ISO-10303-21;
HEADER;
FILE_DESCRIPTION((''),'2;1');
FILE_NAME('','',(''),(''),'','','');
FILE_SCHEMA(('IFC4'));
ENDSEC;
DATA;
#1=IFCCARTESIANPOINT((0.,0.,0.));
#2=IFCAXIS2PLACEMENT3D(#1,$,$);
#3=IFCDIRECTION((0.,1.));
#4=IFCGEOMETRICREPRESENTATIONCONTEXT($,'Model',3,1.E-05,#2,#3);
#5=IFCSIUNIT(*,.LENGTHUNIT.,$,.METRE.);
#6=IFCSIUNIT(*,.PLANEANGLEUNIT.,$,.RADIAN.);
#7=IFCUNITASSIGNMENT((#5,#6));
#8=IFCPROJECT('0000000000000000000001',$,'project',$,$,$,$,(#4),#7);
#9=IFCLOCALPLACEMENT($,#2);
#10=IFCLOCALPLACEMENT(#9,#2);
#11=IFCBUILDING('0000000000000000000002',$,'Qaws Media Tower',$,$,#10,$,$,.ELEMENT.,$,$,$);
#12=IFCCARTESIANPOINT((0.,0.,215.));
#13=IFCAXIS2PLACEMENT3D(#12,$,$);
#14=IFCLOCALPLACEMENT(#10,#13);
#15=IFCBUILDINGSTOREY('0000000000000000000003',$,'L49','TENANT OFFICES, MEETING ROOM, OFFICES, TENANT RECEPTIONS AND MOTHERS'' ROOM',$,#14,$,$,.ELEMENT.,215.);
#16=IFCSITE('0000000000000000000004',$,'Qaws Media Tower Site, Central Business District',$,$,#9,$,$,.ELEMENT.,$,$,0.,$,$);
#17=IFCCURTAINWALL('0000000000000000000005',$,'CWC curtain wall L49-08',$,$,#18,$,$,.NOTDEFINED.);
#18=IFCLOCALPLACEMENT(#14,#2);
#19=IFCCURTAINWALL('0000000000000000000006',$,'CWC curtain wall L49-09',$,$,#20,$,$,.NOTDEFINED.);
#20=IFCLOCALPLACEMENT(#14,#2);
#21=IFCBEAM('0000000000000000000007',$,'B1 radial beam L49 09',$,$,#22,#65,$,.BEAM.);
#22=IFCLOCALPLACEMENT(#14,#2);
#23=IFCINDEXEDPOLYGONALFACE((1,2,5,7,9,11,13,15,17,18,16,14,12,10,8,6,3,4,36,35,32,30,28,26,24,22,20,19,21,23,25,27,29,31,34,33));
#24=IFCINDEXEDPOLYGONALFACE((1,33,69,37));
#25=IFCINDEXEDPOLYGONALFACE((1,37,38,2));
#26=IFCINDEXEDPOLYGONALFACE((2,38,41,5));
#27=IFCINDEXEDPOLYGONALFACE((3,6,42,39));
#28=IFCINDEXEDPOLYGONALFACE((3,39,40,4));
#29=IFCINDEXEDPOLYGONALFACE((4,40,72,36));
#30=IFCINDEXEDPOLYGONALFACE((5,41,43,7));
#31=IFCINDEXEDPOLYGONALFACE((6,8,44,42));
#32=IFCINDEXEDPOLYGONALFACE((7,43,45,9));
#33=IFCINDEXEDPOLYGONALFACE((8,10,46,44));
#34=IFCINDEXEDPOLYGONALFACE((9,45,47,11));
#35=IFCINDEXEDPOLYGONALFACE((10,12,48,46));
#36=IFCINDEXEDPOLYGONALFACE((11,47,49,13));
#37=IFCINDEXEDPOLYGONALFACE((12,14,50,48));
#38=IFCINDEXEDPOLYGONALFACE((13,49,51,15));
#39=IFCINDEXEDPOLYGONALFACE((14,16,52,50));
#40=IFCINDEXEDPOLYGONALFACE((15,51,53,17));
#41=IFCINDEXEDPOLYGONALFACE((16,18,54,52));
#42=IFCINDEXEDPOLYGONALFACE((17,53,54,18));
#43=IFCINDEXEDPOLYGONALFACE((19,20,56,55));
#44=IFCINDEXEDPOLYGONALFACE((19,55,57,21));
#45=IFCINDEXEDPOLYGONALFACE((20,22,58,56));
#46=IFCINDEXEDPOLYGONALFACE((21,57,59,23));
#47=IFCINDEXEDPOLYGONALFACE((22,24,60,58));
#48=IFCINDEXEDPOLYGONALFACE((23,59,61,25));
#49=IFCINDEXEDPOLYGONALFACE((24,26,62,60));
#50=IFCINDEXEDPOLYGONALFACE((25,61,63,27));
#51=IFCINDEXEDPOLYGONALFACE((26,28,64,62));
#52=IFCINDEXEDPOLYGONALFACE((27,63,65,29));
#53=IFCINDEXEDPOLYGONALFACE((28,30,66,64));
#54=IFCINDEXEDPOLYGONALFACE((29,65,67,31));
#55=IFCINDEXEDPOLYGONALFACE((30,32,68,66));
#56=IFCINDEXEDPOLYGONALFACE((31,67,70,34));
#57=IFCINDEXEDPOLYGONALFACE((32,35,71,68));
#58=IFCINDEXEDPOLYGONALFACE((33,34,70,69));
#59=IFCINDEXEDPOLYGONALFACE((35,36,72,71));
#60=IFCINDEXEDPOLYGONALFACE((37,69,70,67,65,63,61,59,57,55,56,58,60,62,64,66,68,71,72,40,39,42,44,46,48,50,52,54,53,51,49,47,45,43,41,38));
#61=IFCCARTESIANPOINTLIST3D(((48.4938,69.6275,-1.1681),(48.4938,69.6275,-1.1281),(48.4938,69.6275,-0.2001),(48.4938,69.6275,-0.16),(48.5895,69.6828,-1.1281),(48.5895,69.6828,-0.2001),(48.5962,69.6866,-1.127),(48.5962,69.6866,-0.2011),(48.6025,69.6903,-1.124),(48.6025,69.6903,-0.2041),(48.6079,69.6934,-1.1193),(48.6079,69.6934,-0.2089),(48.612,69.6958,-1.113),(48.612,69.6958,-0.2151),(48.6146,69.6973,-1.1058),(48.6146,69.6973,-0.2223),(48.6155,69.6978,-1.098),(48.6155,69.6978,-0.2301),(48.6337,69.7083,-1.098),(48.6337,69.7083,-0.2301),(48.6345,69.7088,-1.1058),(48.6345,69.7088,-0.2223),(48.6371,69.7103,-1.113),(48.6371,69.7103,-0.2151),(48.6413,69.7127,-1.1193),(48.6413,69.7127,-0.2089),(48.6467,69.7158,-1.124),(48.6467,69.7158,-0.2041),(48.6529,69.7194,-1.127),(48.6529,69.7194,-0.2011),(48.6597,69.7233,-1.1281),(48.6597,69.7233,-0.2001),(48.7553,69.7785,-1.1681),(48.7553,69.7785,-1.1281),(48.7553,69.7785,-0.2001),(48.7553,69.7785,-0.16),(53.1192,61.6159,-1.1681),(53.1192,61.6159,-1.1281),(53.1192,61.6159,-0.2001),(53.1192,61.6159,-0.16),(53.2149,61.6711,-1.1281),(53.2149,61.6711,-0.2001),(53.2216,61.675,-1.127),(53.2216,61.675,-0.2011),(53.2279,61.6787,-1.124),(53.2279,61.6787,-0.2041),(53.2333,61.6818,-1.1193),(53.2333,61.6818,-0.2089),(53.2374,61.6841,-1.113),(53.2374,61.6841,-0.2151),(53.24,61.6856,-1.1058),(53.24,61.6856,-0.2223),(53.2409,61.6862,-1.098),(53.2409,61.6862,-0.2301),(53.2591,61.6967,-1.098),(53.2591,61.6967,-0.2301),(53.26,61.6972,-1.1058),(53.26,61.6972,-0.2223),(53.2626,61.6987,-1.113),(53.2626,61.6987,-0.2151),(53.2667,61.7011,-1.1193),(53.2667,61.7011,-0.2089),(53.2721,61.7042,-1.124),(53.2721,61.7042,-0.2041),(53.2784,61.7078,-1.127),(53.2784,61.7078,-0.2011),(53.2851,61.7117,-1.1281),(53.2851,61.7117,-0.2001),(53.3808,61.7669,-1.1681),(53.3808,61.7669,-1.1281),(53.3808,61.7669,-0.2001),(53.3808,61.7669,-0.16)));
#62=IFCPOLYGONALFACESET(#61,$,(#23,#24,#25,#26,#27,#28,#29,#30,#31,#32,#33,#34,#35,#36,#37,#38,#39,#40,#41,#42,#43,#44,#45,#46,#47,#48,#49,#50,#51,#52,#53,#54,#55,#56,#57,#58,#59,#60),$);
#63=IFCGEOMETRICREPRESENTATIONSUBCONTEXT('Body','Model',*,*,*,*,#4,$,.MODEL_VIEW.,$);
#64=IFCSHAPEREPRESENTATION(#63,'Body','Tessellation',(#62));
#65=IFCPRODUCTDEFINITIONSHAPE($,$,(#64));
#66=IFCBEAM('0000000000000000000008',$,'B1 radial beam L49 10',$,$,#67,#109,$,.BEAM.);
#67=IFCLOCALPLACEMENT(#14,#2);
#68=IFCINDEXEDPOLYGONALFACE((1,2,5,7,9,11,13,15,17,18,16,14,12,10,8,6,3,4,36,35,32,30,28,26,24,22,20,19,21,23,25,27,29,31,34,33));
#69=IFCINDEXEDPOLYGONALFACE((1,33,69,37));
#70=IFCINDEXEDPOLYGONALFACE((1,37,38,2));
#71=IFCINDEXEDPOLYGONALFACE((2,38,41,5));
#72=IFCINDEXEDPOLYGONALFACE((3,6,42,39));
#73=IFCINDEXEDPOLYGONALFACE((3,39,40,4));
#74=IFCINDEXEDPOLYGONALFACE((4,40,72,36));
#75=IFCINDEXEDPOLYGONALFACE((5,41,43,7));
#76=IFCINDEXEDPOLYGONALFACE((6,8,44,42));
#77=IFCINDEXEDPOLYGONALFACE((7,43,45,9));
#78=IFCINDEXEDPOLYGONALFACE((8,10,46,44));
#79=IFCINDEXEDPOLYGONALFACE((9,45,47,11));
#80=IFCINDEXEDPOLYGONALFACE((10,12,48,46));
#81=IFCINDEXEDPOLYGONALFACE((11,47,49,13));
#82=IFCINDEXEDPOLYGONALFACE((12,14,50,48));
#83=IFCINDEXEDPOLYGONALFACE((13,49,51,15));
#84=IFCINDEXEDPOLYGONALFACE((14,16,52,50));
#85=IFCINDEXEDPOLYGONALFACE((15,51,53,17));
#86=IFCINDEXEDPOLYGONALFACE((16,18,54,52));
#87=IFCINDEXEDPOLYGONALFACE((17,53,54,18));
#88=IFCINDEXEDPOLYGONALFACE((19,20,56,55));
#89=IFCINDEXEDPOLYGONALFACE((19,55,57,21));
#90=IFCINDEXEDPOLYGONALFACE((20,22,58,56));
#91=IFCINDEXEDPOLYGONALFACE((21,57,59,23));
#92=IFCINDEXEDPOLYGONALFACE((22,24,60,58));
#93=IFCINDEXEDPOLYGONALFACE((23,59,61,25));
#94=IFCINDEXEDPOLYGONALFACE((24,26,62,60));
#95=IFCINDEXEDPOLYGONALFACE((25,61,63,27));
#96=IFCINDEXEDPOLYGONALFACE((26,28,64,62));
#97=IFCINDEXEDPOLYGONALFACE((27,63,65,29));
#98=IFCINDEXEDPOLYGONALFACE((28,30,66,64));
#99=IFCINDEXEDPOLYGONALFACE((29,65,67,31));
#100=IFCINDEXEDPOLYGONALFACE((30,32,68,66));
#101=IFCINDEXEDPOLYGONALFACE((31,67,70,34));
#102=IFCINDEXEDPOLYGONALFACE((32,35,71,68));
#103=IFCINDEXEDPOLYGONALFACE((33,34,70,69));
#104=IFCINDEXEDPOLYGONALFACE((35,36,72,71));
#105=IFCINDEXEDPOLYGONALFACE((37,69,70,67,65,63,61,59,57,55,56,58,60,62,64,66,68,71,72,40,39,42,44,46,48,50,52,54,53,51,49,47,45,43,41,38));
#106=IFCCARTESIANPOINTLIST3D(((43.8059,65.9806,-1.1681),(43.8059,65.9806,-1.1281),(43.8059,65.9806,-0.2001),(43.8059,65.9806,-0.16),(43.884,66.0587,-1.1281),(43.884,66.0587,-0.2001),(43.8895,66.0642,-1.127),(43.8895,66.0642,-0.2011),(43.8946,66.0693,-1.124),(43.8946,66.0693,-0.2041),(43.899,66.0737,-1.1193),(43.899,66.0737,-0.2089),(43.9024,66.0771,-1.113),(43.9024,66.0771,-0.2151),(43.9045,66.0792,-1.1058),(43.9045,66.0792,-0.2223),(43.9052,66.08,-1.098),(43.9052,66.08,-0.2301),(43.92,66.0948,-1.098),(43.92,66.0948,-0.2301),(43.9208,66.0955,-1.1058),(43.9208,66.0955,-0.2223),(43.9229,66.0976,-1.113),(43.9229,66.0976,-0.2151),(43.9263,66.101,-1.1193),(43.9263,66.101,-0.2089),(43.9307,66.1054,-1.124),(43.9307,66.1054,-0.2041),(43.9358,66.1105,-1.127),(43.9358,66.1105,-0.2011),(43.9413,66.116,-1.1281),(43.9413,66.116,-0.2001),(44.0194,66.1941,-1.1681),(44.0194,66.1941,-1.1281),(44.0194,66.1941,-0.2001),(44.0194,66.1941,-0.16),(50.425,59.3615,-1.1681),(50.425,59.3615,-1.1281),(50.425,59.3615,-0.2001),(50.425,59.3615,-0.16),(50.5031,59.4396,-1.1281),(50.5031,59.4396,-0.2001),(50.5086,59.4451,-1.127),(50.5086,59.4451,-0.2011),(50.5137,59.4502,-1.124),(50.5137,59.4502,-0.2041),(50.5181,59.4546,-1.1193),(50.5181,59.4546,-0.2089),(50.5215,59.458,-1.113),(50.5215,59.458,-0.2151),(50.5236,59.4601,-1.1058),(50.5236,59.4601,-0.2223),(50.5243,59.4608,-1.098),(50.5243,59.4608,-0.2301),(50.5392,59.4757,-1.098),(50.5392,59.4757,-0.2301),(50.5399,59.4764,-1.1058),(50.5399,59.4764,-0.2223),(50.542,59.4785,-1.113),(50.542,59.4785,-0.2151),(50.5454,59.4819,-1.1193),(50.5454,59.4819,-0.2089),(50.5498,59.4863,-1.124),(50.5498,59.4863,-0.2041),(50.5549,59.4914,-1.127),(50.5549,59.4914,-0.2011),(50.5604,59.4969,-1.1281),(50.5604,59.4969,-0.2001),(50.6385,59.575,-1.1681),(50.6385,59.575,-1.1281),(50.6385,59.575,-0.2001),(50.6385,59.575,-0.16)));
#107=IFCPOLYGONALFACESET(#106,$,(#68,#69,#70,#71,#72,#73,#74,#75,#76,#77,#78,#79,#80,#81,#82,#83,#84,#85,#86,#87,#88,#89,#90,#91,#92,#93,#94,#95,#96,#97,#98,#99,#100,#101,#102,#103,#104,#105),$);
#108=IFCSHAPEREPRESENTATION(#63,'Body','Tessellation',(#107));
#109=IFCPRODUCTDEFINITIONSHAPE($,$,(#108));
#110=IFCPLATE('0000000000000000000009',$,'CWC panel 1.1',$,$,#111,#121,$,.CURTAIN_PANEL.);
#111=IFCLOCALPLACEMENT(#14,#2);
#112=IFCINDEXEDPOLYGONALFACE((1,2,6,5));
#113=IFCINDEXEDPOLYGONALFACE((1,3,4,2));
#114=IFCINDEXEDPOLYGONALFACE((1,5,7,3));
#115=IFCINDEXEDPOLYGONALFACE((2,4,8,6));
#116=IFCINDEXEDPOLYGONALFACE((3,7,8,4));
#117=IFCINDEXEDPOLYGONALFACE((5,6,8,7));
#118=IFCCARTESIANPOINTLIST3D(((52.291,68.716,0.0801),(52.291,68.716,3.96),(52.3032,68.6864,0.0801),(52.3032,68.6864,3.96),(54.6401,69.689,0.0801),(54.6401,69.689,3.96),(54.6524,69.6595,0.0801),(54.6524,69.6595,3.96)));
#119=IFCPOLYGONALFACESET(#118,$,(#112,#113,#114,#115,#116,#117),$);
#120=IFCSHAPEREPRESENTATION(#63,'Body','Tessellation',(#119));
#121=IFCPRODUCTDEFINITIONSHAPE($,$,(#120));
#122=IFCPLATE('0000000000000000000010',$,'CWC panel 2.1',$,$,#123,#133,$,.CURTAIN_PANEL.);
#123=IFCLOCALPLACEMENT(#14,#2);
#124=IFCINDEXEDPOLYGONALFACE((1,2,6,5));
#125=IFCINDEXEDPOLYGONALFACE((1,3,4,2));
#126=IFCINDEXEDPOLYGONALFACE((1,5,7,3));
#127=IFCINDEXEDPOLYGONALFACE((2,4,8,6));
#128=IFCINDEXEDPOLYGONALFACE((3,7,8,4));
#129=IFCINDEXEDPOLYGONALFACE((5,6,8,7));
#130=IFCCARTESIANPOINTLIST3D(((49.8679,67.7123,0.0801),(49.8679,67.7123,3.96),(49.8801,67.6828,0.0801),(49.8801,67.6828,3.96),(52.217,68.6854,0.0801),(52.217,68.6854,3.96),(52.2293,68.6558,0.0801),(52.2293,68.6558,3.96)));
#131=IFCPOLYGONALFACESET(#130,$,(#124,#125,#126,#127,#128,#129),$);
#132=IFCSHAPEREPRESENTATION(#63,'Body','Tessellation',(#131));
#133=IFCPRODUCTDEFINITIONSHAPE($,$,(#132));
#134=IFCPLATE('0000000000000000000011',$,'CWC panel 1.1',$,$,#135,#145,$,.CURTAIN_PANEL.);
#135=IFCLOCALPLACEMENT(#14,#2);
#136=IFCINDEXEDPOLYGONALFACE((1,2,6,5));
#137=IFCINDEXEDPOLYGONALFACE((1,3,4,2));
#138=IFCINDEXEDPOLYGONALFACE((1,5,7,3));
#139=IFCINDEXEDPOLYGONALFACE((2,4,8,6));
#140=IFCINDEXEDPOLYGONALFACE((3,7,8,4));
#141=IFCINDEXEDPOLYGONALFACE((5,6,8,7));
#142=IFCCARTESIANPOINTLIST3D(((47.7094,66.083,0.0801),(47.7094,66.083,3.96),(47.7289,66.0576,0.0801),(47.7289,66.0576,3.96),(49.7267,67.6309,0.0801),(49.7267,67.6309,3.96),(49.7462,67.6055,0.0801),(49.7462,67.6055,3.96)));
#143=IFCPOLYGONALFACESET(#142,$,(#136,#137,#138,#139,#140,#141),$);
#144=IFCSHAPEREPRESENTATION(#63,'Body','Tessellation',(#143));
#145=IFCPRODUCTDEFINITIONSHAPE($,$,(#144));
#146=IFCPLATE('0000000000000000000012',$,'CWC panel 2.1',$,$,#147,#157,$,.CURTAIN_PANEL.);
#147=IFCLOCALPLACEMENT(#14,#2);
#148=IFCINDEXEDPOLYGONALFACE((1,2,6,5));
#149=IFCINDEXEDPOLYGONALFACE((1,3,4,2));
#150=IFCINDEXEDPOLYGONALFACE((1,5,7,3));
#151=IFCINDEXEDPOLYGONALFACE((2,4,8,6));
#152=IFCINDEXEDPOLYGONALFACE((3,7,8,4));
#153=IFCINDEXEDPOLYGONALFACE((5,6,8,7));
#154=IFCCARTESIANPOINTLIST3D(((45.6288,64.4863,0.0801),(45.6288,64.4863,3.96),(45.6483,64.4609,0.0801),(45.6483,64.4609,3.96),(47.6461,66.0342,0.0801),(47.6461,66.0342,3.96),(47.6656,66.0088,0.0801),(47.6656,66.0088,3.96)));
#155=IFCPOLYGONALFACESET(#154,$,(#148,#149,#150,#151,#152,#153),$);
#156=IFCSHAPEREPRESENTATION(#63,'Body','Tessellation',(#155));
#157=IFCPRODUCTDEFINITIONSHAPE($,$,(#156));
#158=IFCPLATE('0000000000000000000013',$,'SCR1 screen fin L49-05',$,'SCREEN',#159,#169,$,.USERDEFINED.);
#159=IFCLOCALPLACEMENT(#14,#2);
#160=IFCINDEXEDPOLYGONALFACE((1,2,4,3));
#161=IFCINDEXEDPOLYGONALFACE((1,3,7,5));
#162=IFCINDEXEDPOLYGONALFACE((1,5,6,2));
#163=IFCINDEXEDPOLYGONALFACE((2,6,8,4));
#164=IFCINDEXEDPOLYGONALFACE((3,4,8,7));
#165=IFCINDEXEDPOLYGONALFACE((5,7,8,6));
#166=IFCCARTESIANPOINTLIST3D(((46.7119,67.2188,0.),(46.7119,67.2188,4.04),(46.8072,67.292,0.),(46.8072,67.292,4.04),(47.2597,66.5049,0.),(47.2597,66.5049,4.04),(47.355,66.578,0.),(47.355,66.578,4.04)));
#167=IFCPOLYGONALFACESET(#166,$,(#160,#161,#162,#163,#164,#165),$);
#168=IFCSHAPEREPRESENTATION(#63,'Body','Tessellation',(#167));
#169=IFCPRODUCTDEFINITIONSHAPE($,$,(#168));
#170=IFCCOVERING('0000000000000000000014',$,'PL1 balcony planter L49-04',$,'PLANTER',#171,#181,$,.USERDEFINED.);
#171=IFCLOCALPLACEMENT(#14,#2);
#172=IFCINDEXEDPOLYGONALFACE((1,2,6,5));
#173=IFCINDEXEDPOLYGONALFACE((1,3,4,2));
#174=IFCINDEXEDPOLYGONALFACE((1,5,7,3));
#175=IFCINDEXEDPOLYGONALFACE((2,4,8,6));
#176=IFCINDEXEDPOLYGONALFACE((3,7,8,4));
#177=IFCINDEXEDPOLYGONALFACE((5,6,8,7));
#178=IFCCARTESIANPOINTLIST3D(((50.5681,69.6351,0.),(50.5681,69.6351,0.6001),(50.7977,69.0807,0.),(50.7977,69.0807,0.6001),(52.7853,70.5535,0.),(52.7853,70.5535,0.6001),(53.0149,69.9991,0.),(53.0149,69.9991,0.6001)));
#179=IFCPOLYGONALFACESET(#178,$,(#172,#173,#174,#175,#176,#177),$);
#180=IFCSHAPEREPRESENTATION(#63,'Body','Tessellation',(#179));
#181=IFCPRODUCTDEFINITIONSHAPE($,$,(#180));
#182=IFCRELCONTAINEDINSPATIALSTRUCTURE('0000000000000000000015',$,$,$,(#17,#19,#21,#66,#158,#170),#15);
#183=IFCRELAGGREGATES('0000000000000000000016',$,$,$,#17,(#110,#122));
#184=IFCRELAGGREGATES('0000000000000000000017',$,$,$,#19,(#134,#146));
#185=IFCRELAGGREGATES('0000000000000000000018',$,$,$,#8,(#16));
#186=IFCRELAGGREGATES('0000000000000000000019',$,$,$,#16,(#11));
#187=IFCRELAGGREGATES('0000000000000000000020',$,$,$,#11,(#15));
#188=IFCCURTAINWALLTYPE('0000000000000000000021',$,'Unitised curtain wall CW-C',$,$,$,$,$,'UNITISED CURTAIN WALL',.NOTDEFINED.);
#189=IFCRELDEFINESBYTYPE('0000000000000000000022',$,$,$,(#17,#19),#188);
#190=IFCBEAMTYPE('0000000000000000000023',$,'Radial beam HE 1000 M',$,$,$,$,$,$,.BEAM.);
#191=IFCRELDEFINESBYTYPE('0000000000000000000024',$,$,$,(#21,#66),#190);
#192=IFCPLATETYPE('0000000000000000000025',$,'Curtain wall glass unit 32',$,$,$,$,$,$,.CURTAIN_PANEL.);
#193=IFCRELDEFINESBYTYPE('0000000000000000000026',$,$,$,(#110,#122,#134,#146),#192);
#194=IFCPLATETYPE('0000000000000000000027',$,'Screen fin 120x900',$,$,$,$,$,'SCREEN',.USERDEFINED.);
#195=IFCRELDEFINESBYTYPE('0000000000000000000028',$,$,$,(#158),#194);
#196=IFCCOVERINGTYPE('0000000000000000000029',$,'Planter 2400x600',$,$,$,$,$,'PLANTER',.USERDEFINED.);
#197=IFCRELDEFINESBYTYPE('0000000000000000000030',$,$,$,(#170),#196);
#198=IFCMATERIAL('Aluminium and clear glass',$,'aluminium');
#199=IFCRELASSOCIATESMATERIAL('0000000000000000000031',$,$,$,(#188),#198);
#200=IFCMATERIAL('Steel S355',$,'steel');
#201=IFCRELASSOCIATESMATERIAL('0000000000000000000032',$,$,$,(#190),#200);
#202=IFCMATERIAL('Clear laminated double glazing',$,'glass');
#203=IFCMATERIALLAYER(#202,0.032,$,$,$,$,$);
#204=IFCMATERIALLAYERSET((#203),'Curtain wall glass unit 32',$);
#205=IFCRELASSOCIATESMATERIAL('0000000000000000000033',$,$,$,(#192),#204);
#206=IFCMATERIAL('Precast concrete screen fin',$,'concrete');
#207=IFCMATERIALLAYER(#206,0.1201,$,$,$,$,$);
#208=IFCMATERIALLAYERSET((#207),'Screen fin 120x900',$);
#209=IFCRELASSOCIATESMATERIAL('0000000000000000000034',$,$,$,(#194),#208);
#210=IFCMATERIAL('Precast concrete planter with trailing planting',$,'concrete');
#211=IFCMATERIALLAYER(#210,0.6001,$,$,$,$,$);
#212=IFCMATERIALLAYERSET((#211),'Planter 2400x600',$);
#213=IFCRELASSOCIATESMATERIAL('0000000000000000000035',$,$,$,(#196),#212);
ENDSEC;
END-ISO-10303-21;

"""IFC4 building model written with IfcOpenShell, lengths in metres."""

from ifc_helpers import new_model, si_unit, direction, frame, origin, origin_2d, place, context, subcontext, project, spatial, rectangle, i_section, extrude, material, layer, layer_set, material_profile, profile_set, type_object, element, aggregate, save


model = new_model("IFC4")

# Units and contexts
model_context = context("Model", 3, precision=1e-05, world=origin(), true_north=direction((0.0, 1.0)))
body_context = subcontext(model_context, "Body", "Model", "MODEL_VIEW")
ifc_project = project(units=[si_unit("LENGTHUNIT", "METRE"), si_unit("PLANEANGLEUNIT", "RADIAN")], contexts=[model_context])

# Site, building, storey
site_placement = place(None, origin())
site = spatial("IfcSite", under=ifc_project, at=site_placement, Name="Qaws Media Tower Site, Central Business District", CompositionType="ELEMENT", RefElevation=0.0)
building_placement = place(site_placement, origin())
building = spatial("IfcBuilding", under=site, at=building_placement, Name="Qaws Media Tower", CompositionType="ELEMENT")
storey_placement = place(building_placement, frame((0.0, 0.0, 215.0)))
storey = spatial("IfcBuildingStorey", under=building, at=storey_placement, Name="L49", Description="TENANT OFFICES, MEETING ROOM, OFFICES, TENANT RECEPTIONS AND MOTHERS' ROOM", CompositionType="ELEMENT", Elevation=215.0)

# Curtain walls
ifc_material_1 = material(Name="Aluminium and clear glass", Category="aluminium")
curtain_wall_type = type_object("IfcCurtainWallType", Name="Unitised curtain wall CW-C", ElementType="UNITISED CURTAIN WALL", PredefinedType="NOTDEFINED", material=ifc_material_1)
curtain_wall_1_placement = place(storey_placement, origin())
curtain_wall_1 = element("IfcCurtainWall", 1, at=curtain_wall_1_placement, inside=storey, type_object=curtain_wall_type, Name="CWC curtain wall L49-08", PredefinedType="NOTDEFINED")
curtain_wall_2_placement = place(storey_placement, origin())
curtain_wall_2 = element("IfcCurtainWall", 2, at=curtain_wall_2_placement, inside=storey, type_object=curtain_wall_type, Name="CWC curtain wall L49-09", PredefinedType="NOTDEFINED")

# Beams
ifc_material_2 = material(Name="Steel S355", Category="steel")
ifc_material_profile_1 = material_profile(ifc_material_2, i_section(OverallWidth=0.302, OverallDepth=1.0081, WebThickness=0.021, FlangeThickness=0.04, FilletRadius=0.03, at=origin_2d()), Name="HE 1000 M")
ifc_profile_set_1 = profile_set([ifc_material_profile_1], Name="Steel S355")
beam_type_1 = type_object("IfcBeamType", Name="Radial beam HE 1000 M", PredefinedType="BEAM", material=ifc_profile_set_1)
beam_1_placement = place(storey_placement, frame((53.25, 61.6914, -0.6641), z_axis=(-0.499994, 0.866029, 0.0), x_axis=(-0.866029, -0.499994, 0.0)))
element("IfcBeam", 3, at=beam_1_placement, inside=storey, type_object=beam_type_1, Name="B1 radial beam L49 09", PredefinedType="BEAM", context=body_context, shape_type="SweptSolid", body=[
    extrude(i_section(OverallWidth=0.302, OverallDepth=1.0081, WebThickness=0.021, FlangeThickness=0.04, FilletRadius=0.03, at=origin_2d()), origin(), (0.0, 0.0, 1.0), 9.251),
])
beam_2_placement = place(storey_placement, frame((50.5317, 59.4683, -0.6641), z_axis=(-0.707107, 0.707107, 0.0), x_axis=(-0.707107, -0.707107, 0.0)))
element("IfcBeam", 4, at=beam_2_placement, inside=storey, type_object=beam_type_1, Name="B1 radial beam L49 10", PredefinedType="BEAM", context=body_context, shape_type="SweptSolid", body=[
    extrude(i_section(OverallWidth=0.302, OverallDepth=1.0081, WebThickness=0.021, FlangeThickness=0.04, FilletRadius=0.03, at=origin_2d()), origin(), (0.0, 0.0, 1.0), 9.3608),
])

# Plates
ifc_material_3 = material(Name="Clear laminated double glazing", Category="glass")
ifc_layer_1 = layer(ifc_material_3, 0.032)
ifc_layer_set_1 = layer_set([ifc_layer_1], Name="Curtain wall glass unit 32")
plate_type_1 = type_object("IfcPlateType", Name="Curtain wall glass unit 32", PredefinedType="CURTAIN_PANEL", material=ifc_layer_set_1)
plate_1_placement = place(storey_placement, frame((53.4717, 69.1877, 0.0801), z_axis=(0.0, 0.0, 1.0), x_axis=(-0.923879, -0.382684, 0.0)))
plate_1 = element("IfcPlate", 5, at=plate_1_placement, type_object=plate_type_1, Name="CWC panel 1.1", PredefinedType="CURTAIN_PANEL", context=body_context, shape_type="SweptSolid", body=[
    extrude(rectangle(XDim=2.5427, YDim=0.032, at=origin_2d()), origin(), (0.0, 0.0, 1.0), 3.8799),
])
plate_2_placement = place(storey_placement, frame((51.0486, 68.1841, 0.0801), z_axis=(0.0, 0.0, 1.0), x_axis=(-0.923879, -0.382684, 0.0)))
plate_2 = element("IfcPlate", 6, at=plate_2_placement, type_object=plate_type_1, Name="CWC panel 2.1", PredefinedType="CURTAIN_PANEL", context=body_context, shape_type="SweptSolid", body=[
    extrude(rectangle(XDim=2.5427, YDim=0.032, at=origin_2d()), origin(), (0.0, 0.0, 1.0), 3.8799),
])
aggregate(curtain_wall_1, [plate_1, plate_2])
plate_3_placement = place(storey_placement, frame((48.7278, 66.8442, 0.0801), z_axis=(0.0, 0.0, 1.0), x_axis=(-0.793353, -0.608761, 0.0)))
plate_3 = element("IfcPlate", 7, at=plate_3_placement, type_object=plate_type_1, Name="CWC panel 1.1", PredefinedType="CURTAIN_PANEL", context=body_context, shape_type="SweptSolid", body=[
    extrude(rectangle(XDim=2.5427, YDim=0.032, at=origin_2d()), origin(), (0.0, 0.0, 1.0), 3.8799),
])
plate_4_placement = place(storey_placement, frame((46.6472, 65.2476, 0.0801), z_axis=(0.0, 0.0, 1.0), x_axis=(-0.793353, -0.608761, 0.0)))
plate_4 = element("IfcPlate", 8, at=plate_4_placement, type_object=plate_type_1, Name="CWC panel 2.1", PredefinedType="CURTAIN_PANEL", context=body_context, shape_type="SweptSolid", body=[
    extrude(rectangle(XDim=2.5427, YDim=0.032, at=origin_2d()), origin(), (0.0, 0.0, 1.0), 3.8799),
])
aggregate(curtain_wall_2, [plate_3, plate_4])
ifc_material_4 = material(Name="Precast concrete screen fin", Category="concrete")
ifc_layer_2 = layer(ifc_material_4, 0.1201)
ifc_layer_set_2 = layer_set([ifc_layer_2], Name="Screen fin 120x900")
plate_type_2 = type_object("IfcPlateType", Name="Screen fin 120x900", ElementType="SCREEN", PredefinedType="USERDEFINED", material=ifc_layer_set_2)
plate_5_placement = place(storey_placement, frame((47.0334, 66.8984, 0.0), z_axis=(0.0, 0.0, 1.0), x_axis=(-0.608761, 0.793353, 0.0)))
element("IfcPlate", 9, at=plate_5_placement, inside=storey, type_object=plate_type_2, Name="SCR1 screen fin L49-05", ObjectType="SCREEN", PredefinedType="USERDEFINED", context=body_context, shape_type="SweptSolid", body=[
    extrude(rectangle(XDim=0.8999, YDim=0.1201, at=origin_2d()), origin(), (0.0, 0.0, 1.0), 4.04),
])

# Covering
ifc_material_5 = material(Name="Precast concrete planter with trailing planting", Category="concrete")
ifc_layer_3 = layer(ifc_material_5, 0.6001)
ifc_layer_set_3 = layer_set([ifc_layer_3], Name="Planter 2400x600")
covering_type = type_object("IfcCoveringType", Name="Planter 2400x600", ElementType="PLANTER", PredefinedType="USERDEFINED", material=ifc_layer_set_3)
covering_placement = place(storey_placement, frame((51.7915, 69.8171, 0.0), z_axis=(0.0, 0.0, 1.0), x_axis=(-0.92388, -0.382683, 0.0)))
element("IfcCovering", 10, at=covering_placement, inside=storey, type_object=covering_type, Name="PL1 balcony planter L49-04", ObjectType="PLANTER", PredefinedType="USERDEFINED", context=body_context, shape_type="SweptSolid", body=[
    extrude(rectangle(XDim=2.3999, YDim=0.6001, at=origin_2d()), origin(), (0.0, 0.0, 1.0), 0.6001),
])

save(model, "model.ifc")
